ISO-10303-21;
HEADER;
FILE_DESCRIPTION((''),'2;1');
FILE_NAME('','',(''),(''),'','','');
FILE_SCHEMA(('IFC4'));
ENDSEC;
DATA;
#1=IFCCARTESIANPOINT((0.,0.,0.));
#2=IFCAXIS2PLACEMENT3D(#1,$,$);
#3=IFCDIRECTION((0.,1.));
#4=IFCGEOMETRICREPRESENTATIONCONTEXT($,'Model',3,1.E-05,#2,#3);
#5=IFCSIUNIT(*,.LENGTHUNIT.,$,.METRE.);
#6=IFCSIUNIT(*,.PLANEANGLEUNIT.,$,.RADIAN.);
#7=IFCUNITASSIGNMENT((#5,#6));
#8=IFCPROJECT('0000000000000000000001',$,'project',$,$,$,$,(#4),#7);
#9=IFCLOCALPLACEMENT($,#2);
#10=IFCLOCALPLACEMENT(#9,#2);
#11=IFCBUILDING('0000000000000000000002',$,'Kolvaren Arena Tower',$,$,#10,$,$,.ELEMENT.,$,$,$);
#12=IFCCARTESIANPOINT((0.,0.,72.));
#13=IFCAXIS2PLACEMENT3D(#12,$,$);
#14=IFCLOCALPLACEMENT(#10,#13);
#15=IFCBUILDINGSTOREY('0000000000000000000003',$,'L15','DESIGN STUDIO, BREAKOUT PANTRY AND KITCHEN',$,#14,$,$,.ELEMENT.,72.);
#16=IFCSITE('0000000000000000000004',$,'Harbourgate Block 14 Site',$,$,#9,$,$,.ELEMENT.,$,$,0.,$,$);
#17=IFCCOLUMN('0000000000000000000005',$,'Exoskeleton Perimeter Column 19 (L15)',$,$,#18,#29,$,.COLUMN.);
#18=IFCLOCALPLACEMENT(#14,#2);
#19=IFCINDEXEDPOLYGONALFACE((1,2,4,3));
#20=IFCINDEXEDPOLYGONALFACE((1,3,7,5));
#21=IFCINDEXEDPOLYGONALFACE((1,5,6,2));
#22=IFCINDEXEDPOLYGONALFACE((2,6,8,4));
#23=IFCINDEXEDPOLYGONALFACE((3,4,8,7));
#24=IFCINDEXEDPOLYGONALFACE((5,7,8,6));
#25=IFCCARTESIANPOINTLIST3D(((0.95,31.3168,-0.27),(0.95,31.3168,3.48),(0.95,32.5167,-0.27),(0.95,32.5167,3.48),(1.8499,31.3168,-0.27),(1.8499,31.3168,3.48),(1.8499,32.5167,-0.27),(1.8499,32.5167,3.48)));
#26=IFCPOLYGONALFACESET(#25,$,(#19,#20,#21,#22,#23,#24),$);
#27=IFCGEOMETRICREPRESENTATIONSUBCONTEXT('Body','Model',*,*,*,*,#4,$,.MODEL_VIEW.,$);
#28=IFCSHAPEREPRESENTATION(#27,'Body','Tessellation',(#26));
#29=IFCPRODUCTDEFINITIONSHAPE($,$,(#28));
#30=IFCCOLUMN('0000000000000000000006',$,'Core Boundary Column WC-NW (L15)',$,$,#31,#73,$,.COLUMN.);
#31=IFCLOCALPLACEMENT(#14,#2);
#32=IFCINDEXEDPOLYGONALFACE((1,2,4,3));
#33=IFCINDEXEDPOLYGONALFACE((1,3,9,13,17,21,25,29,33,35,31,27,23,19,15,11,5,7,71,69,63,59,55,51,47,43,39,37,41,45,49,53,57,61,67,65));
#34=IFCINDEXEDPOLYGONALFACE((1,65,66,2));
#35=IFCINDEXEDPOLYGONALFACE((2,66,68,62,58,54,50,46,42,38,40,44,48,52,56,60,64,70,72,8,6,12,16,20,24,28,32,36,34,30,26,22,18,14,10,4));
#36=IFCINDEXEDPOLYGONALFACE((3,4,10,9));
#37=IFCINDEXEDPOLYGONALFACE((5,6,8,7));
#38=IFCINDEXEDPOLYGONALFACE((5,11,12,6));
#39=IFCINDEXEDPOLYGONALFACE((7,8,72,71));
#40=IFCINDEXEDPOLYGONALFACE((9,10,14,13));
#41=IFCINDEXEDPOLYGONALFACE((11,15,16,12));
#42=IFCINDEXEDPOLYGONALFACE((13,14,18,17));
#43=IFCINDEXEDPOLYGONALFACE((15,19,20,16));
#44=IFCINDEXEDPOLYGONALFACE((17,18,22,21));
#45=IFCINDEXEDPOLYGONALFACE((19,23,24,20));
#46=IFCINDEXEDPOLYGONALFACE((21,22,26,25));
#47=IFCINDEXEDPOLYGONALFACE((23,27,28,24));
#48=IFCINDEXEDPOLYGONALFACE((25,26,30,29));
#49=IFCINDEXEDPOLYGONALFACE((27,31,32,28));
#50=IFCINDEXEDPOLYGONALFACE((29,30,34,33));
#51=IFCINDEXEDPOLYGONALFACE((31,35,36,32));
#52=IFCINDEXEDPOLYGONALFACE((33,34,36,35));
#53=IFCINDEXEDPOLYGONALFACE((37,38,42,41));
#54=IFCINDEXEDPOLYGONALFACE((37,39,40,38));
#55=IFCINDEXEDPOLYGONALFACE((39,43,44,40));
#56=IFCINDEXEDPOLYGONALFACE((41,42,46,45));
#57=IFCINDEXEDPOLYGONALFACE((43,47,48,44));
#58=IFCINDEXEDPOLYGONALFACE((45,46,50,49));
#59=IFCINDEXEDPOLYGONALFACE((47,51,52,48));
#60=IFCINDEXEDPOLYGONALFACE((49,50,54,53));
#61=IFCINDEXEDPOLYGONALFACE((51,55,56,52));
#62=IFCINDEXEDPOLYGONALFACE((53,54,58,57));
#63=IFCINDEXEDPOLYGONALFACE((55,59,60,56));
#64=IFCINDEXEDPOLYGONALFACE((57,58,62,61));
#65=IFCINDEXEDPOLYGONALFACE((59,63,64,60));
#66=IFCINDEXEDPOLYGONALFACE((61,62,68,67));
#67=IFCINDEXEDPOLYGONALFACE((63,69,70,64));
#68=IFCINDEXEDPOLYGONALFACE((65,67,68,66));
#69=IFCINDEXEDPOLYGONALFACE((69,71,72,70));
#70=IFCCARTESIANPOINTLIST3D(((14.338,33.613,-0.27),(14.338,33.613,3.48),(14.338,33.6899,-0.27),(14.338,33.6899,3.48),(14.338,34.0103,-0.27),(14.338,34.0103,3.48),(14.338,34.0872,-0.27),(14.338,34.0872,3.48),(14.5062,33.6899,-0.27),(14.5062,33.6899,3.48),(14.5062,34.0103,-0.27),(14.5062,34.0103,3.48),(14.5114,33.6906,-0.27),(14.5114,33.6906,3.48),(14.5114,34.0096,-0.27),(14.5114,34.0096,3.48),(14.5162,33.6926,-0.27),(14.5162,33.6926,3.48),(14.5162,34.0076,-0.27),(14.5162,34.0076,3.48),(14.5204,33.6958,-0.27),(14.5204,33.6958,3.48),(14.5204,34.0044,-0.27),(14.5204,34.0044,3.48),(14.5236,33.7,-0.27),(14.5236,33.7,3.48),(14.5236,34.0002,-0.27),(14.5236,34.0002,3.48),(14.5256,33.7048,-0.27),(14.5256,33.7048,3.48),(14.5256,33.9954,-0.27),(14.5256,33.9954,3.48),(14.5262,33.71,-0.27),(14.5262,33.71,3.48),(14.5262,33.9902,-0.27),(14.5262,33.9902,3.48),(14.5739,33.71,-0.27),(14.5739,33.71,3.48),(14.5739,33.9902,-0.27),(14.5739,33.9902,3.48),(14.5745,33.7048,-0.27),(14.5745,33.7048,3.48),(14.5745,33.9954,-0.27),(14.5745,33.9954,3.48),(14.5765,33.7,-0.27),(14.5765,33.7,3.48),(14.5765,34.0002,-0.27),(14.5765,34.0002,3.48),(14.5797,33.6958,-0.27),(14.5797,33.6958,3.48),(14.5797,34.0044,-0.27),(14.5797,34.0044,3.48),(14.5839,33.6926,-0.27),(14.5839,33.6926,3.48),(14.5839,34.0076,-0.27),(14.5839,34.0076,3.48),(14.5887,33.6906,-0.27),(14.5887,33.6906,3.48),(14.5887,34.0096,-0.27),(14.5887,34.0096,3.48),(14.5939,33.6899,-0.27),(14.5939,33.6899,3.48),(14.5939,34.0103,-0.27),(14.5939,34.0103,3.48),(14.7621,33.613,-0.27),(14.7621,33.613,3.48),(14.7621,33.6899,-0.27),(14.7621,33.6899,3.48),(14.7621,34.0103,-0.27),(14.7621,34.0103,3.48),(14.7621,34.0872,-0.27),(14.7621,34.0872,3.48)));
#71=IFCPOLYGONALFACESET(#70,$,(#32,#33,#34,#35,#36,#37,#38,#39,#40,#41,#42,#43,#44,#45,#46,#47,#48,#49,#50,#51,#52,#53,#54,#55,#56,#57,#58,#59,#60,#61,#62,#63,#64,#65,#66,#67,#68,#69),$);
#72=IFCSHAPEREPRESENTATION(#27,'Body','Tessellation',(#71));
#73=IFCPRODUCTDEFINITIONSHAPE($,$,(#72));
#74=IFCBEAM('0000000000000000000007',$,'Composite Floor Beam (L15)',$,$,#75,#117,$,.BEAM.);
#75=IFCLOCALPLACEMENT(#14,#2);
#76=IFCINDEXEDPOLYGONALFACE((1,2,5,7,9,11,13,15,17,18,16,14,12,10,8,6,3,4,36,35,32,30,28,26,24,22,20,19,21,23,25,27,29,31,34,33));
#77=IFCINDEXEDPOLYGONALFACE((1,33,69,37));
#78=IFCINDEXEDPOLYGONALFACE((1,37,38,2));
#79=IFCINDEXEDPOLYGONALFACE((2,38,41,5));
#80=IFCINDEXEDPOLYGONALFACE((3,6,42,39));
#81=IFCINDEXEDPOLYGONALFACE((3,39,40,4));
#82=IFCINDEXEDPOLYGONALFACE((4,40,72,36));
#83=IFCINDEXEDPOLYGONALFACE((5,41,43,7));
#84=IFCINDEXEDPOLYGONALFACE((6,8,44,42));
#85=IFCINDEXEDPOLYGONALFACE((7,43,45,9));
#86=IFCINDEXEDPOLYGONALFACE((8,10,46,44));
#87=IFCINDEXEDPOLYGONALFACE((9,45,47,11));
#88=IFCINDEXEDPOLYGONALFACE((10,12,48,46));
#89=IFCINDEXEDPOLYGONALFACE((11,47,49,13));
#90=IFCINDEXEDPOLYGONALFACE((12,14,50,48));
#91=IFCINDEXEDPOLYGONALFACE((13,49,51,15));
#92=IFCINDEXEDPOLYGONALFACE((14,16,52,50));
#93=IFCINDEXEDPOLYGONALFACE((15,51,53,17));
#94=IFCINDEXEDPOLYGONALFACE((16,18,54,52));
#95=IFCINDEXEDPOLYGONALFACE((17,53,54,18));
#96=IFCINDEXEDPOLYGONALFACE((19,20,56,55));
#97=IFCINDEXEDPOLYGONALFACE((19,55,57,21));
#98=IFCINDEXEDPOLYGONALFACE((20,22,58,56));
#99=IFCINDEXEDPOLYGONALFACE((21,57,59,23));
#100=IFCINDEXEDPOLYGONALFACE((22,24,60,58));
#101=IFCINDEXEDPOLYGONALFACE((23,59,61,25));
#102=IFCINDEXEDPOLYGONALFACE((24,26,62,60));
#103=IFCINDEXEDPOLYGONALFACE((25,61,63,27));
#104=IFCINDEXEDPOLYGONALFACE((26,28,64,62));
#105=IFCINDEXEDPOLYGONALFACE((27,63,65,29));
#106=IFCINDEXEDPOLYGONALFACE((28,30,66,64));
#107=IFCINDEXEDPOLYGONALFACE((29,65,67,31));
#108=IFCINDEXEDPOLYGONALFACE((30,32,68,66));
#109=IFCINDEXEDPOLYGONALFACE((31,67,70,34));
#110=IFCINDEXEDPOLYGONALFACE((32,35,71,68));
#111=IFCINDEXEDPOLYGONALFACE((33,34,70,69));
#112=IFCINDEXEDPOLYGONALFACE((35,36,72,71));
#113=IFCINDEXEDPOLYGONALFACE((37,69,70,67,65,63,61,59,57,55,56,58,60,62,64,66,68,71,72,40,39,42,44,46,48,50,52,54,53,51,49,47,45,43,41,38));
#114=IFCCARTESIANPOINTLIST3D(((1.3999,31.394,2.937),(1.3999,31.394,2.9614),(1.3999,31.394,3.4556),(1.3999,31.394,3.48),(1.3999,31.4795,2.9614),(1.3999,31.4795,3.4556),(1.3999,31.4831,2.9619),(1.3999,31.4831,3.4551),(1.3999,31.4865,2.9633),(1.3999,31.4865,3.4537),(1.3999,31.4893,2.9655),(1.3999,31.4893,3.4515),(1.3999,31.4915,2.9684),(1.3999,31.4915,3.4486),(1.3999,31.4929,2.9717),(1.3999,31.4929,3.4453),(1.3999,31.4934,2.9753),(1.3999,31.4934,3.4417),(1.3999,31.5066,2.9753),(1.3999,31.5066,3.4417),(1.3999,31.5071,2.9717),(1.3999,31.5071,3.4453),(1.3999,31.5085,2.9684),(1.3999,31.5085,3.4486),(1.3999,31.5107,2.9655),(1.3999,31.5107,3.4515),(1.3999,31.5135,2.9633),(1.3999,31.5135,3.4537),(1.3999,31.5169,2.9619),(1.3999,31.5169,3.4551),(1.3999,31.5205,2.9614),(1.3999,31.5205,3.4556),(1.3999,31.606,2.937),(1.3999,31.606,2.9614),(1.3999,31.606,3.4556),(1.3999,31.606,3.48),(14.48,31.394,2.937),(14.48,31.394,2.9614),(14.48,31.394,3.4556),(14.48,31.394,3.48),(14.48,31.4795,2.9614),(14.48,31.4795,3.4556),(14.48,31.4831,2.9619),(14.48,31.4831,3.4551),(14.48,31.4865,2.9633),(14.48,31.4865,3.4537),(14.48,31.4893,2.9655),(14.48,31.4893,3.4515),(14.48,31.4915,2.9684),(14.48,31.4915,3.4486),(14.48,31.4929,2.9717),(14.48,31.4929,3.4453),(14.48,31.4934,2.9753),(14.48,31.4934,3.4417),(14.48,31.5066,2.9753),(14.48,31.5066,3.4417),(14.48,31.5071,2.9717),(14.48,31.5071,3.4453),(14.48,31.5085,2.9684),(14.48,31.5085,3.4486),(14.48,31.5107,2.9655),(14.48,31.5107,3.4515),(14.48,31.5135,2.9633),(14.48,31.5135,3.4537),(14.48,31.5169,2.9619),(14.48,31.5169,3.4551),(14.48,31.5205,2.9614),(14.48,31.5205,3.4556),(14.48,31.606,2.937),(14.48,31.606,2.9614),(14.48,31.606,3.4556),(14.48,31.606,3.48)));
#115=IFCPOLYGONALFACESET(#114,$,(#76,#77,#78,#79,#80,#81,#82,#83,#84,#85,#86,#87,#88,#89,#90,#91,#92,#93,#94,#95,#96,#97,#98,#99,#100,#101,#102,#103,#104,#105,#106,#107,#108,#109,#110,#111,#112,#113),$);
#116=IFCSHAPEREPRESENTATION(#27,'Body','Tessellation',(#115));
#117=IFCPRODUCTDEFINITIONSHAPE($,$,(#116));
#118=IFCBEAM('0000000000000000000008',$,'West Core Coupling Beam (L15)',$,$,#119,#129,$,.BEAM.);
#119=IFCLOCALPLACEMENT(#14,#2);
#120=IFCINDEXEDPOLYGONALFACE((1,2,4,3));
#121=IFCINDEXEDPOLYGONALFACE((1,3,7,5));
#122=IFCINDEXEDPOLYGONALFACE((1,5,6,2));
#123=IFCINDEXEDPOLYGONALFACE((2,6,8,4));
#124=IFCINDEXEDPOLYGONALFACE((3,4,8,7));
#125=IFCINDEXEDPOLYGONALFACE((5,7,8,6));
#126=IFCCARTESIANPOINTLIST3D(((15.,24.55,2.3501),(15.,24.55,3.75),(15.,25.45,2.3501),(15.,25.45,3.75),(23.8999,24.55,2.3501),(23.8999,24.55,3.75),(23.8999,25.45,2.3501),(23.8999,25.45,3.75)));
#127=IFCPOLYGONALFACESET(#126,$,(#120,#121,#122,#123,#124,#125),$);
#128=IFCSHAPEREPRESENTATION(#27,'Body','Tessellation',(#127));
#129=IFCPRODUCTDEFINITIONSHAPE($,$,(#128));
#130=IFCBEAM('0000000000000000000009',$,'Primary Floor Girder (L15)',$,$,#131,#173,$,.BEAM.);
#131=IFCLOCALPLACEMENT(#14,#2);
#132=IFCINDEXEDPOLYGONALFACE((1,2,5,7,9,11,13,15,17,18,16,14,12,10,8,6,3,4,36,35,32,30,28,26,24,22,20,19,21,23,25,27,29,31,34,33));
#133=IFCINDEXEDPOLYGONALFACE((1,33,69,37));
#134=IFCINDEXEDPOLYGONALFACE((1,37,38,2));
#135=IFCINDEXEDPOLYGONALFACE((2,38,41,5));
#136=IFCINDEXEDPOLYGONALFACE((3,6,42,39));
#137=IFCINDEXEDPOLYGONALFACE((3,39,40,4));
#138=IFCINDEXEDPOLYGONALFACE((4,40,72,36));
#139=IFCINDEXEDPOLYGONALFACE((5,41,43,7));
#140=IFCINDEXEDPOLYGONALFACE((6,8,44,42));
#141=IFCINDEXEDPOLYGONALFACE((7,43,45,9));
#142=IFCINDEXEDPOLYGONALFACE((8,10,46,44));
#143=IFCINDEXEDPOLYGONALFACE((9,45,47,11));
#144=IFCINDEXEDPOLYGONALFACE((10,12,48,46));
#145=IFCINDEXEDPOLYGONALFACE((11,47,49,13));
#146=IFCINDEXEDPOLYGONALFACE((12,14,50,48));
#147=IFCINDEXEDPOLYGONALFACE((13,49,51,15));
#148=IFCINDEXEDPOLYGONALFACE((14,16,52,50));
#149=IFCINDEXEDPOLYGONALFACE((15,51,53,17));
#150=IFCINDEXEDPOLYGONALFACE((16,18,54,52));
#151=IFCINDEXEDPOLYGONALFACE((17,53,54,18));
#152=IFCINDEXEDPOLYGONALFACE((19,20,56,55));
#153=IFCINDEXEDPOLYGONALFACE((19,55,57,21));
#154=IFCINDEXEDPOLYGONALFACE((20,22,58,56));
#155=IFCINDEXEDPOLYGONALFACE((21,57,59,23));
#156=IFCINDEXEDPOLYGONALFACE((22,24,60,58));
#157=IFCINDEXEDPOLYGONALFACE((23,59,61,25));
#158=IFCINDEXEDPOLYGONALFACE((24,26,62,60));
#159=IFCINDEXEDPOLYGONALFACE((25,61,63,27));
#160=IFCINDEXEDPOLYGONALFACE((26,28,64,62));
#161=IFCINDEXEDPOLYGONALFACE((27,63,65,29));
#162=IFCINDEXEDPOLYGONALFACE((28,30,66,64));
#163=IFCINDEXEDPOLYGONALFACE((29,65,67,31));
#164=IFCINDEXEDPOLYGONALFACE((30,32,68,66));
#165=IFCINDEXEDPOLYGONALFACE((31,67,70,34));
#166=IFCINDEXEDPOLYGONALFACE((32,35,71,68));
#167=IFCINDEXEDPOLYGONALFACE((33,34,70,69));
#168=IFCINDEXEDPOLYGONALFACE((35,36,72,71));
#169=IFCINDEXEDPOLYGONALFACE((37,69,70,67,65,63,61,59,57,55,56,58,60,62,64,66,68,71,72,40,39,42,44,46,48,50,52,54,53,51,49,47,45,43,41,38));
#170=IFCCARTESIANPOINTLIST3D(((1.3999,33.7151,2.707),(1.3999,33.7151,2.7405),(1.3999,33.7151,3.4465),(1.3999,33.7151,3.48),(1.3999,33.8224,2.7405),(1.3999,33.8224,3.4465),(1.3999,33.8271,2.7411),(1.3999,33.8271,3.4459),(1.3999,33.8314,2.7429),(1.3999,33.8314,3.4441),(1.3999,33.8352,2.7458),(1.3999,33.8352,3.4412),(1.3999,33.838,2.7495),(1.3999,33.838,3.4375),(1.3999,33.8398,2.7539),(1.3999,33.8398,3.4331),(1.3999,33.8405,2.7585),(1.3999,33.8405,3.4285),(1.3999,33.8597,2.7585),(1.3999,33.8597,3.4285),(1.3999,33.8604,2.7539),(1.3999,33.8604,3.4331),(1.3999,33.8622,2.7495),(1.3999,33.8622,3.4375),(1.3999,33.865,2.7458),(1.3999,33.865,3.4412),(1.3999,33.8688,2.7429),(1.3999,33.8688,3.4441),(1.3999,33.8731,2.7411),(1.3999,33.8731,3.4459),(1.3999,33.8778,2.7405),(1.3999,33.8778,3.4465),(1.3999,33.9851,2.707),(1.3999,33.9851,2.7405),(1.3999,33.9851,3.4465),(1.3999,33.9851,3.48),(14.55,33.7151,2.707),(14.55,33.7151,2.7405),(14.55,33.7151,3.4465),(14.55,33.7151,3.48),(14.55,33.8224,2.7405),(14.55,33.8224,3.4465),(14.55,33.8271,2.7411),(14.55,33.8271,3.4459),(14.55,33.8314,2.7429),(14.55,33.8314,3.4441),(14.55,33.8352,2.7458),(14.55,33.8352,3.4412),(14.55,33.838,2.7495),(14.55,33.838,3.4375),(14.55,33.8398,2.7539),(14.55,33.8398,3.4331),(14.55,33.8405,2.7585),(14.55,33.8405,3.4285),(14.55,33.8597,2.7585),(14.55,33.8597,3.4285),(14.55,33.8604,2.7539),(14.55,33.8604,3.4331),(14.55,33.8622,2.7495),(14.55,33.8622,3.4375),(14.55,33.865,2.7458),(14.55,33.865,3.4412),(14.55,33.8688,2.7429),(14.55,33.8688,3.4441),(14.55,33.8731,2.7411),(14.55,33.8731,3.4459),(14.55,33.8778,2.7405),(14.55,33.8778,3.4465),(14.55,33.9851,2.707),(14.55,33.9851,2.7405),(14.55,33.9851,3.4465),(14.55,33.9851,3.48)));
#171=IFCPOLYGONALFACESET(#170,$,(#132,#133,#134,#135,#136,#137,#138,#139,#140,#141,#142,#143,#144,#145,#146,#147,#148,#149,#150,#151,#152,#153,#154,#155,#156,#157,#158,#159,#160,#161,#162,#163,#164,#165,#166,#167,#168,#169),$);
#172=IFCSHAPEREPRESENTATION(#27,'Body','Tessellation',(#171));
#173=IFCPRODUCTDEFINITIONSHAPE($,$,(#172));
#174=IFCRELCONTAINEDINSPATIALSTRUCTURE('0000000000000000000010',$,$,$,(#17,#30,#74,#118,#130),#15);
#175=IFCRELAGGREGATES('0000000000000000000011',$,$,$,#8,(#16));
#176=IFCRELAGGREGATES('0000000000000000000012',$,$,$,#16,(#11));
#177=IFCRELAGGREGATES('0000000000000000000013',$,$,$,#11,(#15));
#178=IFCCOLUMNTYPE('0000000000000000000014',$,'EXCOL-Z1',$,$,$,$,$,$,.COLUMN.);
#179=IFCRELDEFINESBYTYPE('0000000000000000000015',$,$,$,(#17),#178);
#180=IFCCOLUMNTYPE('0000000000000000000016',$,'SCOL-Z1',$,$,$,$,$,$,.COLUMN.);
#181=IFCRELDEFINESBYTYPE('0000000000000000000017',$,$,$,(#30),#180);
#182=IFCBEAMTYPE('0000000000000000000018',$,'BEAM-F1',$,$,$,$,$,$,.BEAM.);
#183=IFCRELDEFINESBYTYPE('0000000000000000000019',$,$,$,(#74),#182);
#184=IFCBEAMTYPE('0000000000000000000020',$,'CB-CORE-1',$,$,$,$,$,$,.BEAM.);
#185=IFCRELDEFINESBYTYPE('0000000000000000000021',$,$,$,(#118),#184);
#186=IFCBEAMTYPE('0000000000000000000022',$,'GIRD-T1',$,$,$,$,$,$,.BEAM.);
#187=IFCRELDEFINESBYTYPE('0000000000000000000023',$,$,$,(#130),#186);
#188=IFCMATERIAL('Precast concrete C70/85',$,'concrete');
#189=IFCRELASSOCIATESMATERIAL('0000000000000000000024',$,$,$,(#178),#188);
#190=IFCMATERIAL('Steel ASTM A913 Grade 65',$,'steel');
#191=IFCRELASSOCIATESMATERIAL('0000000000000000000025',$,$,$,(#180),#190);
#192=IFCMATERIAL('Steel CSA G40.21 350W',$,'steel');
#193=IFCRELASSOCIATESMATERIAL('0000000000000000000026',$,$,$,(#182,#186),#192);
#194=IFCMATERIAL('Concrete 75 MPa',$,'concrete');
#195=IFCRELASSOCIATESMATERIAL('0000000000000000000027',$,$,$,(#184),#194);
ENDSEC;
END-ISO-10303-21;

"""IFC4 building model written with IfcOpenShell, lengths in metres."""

from ifc_helpers import new_model, si_unit, direction, frame, origin, origin_2d, place, context, subcontext, project, spatial, rectangle, i_section, extrude, material, material_profile, profile_set, type_object, element, save


model = new_model("IFC4")

# Units and contexts
model_context = context("Model", 3, precision=1e-05, world=origin(), true_north=direction((0.0, 1.0)))
body_context = subcontext(model_context, "Body", "Model", "MODEL_VIEW")
ifc_project = project(units=[si_unit("LENGTHUNIT", "METRE"), si_unit("PLANEANGLEUNIT", "RADIAN")], contexts=[model_context])

# Site, building, storey
site_placement = place(None, origin())
site = spatial("IfcSite", under=ifc_project, at=site_placement, Name="Harbourgate Block 14 Site", CompositionType="ELEMENT", RefElevation=0.0)
building_placement = place(site_placement, origin())
building = spatial("IfcBuilding", under=site, at=building_placement, Name="Kolvaren Arena Tower", CompositionType="ELEMENT")
storey_placement = place(building_placement, frame((0.0, 0.0, 72.0)))
storey = spatial("IfcBuildingStorey", under=building, at=storey_placement, Name="L15", Description="DESIGN STUDIO, BREAKOUT PANTRY AND KITCHEN", CompositionType="ELEMENT", Elevation=72.0)

# Columns
ifc_material_1 = material(Name="Precast concrete C70/85", Category="concrete")
ifc_material_profile_1 = material_profile(ifc_material_1, rectangle(XDim=1.2, YDim=0.8999, at=origin_2d()), Name="RC-1200x900")
ifc_profile_set_1 = profile_set([ifc_material_profile_1], Name="Precast concrete C70/85")
column_type_1 = type_object("IfcColumnType", Name="EXCOL-Z1", PredefinedType="COLUMN", material=ifc_profile_set_1)
column_1_placement = place(storey_placement, frame((1.3999, 31.9167, -0.27), z_axis=(0.0, 0.0, 1.0), x_axis=(0.0, 1.0, 0.0)))
element("IfcColumn", 1, at=column_1_placement, inside=storey, type_object=column_type_1, Name="Exoskeleton Perimeter Column 19 (L15)", PredefinedType="COLUMN", context=body_context, shape_type="SweptSolid", body=[
    extrude(rectangle(XDim=1.2, YDim=0.8999, at=origin_2d()), origin(), (0.0, 0.0, 1.0), 3.75),
])
ifc_material_2 = material(Name="Steel ASTM A913 Grade 65", Category="steel")
ifc_material_profile_2 = material_profile(ifc_material_2, i_section(OverallWidth=0.4241, OverallDepth=0.4741, WebThickness=0.0476, FlangeThickness=0.0769, FilletRadius=0.02, at=origin_2d()), Name="W360x634")
ifc_profile_set_2 = profile_set([ifc_material_profile_2], Name="Steel ASTM A913 Grade 65")
column_type_2 = type_object("IfcColumnType", Name="SCOL-Z1", PredefinedType="COLUMN", material=ifc_profile_set_2)
column_2_placement = place(storey_placement, frame((14.55, 33.8501, -0.27), z_axis=(0.0, 0.0, 1.0), x_axis=(1.0, 0.0, 0.0)))
element("IfcColumn", 2, at=column_2_placement, inside=storey, type_object=column_type_2, Name="Core Boundary Column WC-NW (L15)", PredefinedType="COLUMN", context=body_context, shape_type="SweptSolid", body=[
    extrude(i_section(OverallWidth=0.4241, OverallDepth=0.4741, WebThickness=0.0476, FlangeThickness=0.0769, FilletRadius=0.02, at=origin_2d()), origin(), (0.0, 0.0, 1.0), 3.75),
])

# Beams
ifc_material_3 = material(Name="Steel CSA G40.21 350W", Category="steel")
ifc_material_profile_3 = material_profile(ifc_material_3, i_section(OverallWidth=0.2119, OverallDepth=0.543, WebThickness=0.0132, FlangeThickness=0.0244, FilletRadius=0.0139, at=origin_2d()), Name="W530x150")
ifc_profile_set_3 = profile_set([ifc_material_profile_3], Name="Steel CSA G40.21 350W")
beam_type_1 = type_object("IfcBeamType", Name="BEAM-F1", PredefinedType="BEAM", material=ifc_profile_set_3)
beam_1_placement = place(storey_placement, frame((1.3999, 31.5, 3.2085), z_axis=(1.0, 0.0, 0.0), x_axis=(0.0, 1.0, 0.0)))
element("IfcBeam", 3, at=beam_1_placement, inside=storey, type_object=beam_type_1, Name="Composite Floor Beam (L15)", PredefinedType="BEAM", context=body_context, shape_type="SweptSolid", body=[
    extrude(i_section(OverallWidth=0.2119, OverallDepth=0.543, WebThickness=0.0132, FlangeThickness=0.0244, FilletRadius=0.0139, at=origin_2d()), origin(), (0.0, 0.0, 1.0), 13.0801),
])
ifc_material_4 = material(Name="Concrete 75 MPa", Category="concrete")
ifc_material_profile_4 = material_profile(ifc_material_4, rectangle(XDim=0.8999, YDim=1.3999, at=origin_2d()), Name="RC-900x1400")
ifc_profile_set_4 = profile_set([ifc_material_profile_4], Name="Concrete 75 MPa")
beam_type_2 = type_object("IfcBeamType", Name="CB-CORE-1", PredefinedType="BEAM", material=ifc_profile_set_4)
beam_2_placement = place(storey_placement, frame((15.0, 25.0, 3.05), z_axis=(1.0, 0.0, 0.0), x_axis=(0.0, 1.0, 0.0)))
element("IfcBeam", 4, at=beam_2_placement, inside=storey, type_object=beam_type_2, Name="West Core Coupling Beam (L15)", PredefinedType="BEAM", context=body_context, shape_type="SweptSolid", body=[
    extrude(rectangle(XDim=0.8999, YDim=1.3999, at=origin_2d()), origin(), (0.0, 0.0, 1.0), 8.8999),
])
ifc_material_profile_5 = material_profile(ifc_material_3, i_section(OverallWidth=0.27, OverallDepth=0.7729, WebThickness=0.0193, FlangeThickness=0.0334, FilletRadius=0.0181, at=origin_2d()), Name="W760x257")
ifc_profile_set_5 = profile_set([ifc_material_profile_5], Name="Steel CSA G40.21 350W")
beam_type_3 = type_object("IfcBeamType", Name="GIRD-T1", PredefinedType="BEAM", material=ifc_profile_set_5)
beam_3_placement = place(storey_placement, frame((1.3999, 33.8501, 3.0935), z_axis=(1.0, 0.0, 0.0), x_axis=(0.0, 1.0, 0.0)))
element("IfcBeam", 5, at=beam_3_placement, inside=storey, type_object=beam_type_3, Name="Primary Floor Girder (L15)", PredefinedType="BEAM", context=body_context, shape_type="SweptSolid", body=[
    extrude(i_section(OverallWidth=0.27, OverallDepth=0.7729, WebThickness=0.0193, FlangeThickness=0.0334, FilletRadius=0.0181, at=origin_2d()), origin(), (0.0, 0.0, 1.0), 13.1501),
])

save(model, "model.ifc")
